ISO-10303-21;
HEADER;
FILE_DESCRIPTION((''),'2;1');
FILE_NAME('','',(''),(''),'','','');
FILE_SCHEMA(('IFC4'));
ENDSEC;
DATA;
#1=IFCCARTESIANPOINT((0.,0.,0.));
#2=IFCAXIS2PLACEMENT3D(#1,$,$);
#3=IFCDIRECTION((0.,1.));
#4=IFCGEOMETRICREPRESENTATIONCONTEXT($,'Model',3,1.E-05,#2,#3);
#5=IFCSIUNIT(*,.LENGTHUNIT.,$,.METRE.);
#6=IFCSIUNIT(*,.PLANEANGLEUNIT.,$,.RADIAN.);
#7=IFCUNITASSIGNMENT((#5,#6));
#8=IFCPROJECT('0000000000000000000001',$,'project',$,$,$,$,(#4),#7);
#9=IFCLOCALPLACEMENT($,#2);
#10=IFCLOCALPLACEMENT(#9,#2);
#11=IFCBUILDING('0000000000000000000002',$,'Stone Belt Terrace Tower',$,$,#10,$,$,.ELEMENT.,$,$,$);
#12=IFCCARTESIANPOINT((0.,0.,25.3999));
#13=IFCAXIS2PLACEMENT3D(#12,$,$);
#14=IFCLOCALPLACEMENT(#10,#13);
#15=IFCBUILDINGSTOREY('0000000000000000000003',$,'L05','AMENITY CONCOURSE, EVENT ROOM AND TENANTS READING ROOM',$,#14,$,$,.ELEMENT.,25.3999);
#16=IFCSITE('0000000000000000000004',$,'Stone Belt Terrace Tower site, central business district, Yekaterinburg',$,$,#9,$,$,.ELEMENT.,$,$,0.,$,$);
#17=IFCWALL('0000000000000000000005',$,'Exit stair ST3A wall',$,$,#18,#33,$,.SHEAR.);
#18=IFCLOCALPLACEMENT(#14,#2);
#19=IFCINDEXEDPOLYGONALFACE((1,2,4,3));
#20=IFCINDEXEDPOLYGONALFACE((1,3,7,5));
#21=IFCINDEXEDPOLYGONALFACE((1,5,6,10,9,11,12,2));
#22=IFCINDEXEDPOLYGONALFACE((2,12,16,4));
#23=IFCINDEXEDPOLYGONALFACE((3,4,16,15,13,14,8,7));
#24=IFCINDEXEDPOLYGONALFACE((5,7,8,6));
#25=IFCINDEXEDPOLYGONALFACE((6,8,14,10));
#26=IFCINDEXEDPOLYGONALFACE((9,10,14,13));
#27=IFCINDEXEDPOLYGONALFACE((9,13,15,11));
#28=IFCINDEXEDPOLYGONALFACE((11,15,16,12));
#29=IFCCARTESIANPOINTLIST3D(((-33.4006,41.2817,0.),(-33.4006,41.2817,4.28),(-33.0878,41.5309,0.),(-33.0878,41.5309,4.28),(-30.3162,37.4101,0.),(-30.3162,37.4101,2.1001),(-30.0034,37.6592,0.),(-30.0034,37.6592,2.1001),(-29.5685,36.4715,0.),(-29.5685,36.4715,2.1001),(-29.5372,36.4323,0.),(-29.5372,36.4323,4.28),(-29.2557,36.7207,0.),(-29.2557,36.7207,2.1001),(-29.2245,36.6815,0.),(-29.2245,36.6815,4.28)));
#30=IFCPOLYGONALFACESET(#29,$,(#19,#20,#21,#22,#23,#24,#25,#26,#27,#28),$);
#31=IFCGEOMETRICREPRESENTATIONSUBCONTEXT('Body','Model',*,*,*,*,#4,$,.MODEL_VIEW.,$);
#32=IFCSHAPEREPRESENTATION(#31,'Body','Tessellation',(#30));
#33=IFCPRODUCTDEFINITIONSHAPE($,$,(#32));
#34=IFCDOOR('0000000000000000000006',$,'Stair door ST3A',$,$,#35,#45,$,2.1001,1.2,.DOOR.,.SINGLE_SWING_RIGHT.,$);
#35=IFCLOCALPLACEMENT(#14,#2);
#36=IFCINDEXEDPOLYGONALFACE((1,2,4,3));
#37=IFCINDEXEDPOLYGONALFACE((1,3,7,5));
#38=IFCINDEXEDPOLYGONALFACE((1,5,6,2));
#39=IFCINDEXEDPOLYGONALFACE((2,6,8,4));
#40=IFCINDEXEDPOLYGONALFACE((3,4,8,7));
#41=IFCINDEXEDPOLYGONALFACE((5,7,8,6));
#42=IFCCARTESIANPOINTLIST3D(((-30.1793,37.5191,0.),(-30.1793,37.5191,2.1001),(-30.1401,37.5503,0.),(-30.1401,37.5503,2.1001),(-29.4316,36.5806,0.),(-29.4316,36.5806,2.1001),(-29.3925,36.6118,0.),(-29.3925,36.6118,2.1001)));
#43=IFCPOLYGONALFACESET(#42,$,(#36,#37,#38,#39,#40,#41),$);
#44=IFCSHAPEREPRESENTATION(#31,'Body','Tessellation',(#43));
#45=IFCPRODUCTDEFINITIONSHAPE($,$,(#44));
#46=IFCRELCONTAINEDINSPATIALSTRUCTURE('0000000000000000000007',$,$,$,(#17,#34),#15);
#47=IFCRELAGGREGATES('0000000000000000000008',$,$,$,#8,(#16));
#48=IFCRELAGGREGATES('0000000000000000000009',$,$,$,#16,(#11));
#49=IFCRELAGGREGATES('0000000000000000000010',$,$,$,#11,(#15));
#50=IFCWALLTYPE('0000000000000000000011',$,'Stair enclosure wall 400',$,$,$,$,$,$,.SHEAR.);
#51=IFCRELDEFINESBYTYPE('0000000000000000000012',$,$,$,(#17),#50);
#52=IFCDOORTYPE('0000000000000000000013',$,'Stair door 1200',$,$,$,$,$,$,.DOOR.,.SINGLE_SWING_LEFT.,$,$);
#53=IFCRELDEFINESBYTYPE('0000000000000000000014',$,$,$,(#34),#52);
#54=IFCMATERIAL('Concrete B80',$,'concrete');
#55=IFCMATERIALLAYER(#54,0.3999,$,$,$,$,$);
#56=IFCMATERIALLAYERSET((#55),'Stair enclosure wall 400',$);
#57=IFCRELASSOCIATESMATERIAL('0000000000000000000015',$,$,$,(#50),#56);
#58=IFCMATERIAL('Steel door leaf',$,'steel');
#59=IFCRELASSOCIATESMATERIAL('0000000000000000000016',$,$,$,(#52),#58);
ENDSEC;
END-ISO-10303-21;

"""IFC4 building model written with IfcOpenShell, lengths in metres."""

from ifc_helpers import new_model, si_unit, direction, frame, frame_2d, origin, place, context, subcontext, project, spatial, rectangle, extrude, material, layer, layer_set, type_object, element, fill, save


model = new_model("IFC4")

# Units and contexts
model_context = context("Model", 3, precision=1e-05, world=origin(), true_north=direction((0.0, 1.0)))
body_context = subcontext(model_context, "Body", "Model", "MODEL_VIEW")
ifc_project = project(units=[si_unit("LENGTHUNIT", "METRE"), si_unit("PLANEANGLEUNIT", "RADIAN")], contexts=[model_context])

# Site, building, storey
site_placement = place(None, origin())
site = spatial("IfcSite", under=ifc_project, at=site_placement, Name="Stone Belt Terrace Tower site, central business district, Yekaterinburg", CompositionType="ELEMENT", RefElevation=0.0)
building_placement = place(site_placement, origin())
building = spatial("IfcBuilding", under=site, at=building_placement, Name="Stone Belt Terrace Tower", CompositionType="ELEMENT")
storey_placement = place(building_placement, frame((0.0, 0.0, 25.3999)))
storey = spatial("IfcBuildingStorey", under=building, at=storey_placement, Name="L05", Description="AMENITY CONCOURSE, EVENT ROOM AND TENANTS READING ROOM", CompositionType="ELEMENT", Elevation=25.3999)

# Shared definitions
ifc_material_1 = material(Name="Concrete B80", Category="concrete")

# Shared definitions
ifc_layer_1 = layer(ifc_material_1, 0.3999)
ifc_layer_set_1 = layer_set([ifc_layer_1], Name="Stair enclosure wall 400")
wall_type_1 = type_object("IfcWallType", Name="Stair enclosure wall 400", PredefinedType="SHEAR", material=ifc_layer_set_1)

# Shared definitions
ifc_material_2 = material(Name="Steel door leaf", Category="steel")

# Wall, opening, door
wall_1_placement = place(storey_placement, frame((-29.3809, 36.5569, 0.0), z_axis=(0.0, 0.0, 1.0), x_axis=(-0.623099, 0.782143, 0.0)))
wall_1 = element("IfcWall", 1, at=wall_1_placement, inside=storey, type_object=wall_type_1, Name="Exit stair ST3A wall", PredefinedType="SHEAR", context=body_context, shape_type="SweptSolid", body=[
    extrude(rectangle(XDim=6.2002, YDim=0.3999, at=frame_2d((3.1001, 0.0))), origin(), (0.0, 0.0, 1.0), 4.28),
])
opening_1_placement = place(wall_1_placement, frame((0.05, 0.0, 0.0)))
opening_1 = element("IfcOpeningElement", 2, at=opening_1_placement, cuts=wall_1, PredefinedType="OPENING", context=body_context, shape_type="SweptSolid", body=[
    extrude(rectangle(XDim=1.2, YDim=2.1001, at=frame_2d((0.6001, 1.05))), frame((0.0, 0.21, 0.0), z_axis=(0.0, -1.0, 0.0), x_axis=(1.0, 0.0, 0.0)), (0.0, 0.0, 1.0), 0.4199),
])
door_type_1 = type_object("IfcDoorType", Name="Stair door 1200", OperationType="SINGLE_SWING_LEFT", PredefinedType="DOOR", material=ifc_material_2)
door_1_placement = place(opening_1_placement, origin())
door_1 = element("IfcDoor", 3, at=door_1_placement, inside=storey, type_object=door_type_1, Name="Stair door ST3A", OperationType="SINGLE_SWING_RIGHT", OverallHeight=2.1001, OverallWidth=1.2, PredefinedType="DOOR", context=body_context, shape_type="SweptSolid", body=[
    extrude(rectangle(XDim=1.2, YDim=2.1001, at=frame_2d((0.6001, 1.05))), frame((0.0, 0.0249, 0.0), z_axis=(0.0, -1.0, 0.0), x_axis=(1.0, 0.0, 0.0)), (0.0, 0.0, 1.0), 0.05),
])
fill(opening_1, door_1)

save(model, "model.ifc")
